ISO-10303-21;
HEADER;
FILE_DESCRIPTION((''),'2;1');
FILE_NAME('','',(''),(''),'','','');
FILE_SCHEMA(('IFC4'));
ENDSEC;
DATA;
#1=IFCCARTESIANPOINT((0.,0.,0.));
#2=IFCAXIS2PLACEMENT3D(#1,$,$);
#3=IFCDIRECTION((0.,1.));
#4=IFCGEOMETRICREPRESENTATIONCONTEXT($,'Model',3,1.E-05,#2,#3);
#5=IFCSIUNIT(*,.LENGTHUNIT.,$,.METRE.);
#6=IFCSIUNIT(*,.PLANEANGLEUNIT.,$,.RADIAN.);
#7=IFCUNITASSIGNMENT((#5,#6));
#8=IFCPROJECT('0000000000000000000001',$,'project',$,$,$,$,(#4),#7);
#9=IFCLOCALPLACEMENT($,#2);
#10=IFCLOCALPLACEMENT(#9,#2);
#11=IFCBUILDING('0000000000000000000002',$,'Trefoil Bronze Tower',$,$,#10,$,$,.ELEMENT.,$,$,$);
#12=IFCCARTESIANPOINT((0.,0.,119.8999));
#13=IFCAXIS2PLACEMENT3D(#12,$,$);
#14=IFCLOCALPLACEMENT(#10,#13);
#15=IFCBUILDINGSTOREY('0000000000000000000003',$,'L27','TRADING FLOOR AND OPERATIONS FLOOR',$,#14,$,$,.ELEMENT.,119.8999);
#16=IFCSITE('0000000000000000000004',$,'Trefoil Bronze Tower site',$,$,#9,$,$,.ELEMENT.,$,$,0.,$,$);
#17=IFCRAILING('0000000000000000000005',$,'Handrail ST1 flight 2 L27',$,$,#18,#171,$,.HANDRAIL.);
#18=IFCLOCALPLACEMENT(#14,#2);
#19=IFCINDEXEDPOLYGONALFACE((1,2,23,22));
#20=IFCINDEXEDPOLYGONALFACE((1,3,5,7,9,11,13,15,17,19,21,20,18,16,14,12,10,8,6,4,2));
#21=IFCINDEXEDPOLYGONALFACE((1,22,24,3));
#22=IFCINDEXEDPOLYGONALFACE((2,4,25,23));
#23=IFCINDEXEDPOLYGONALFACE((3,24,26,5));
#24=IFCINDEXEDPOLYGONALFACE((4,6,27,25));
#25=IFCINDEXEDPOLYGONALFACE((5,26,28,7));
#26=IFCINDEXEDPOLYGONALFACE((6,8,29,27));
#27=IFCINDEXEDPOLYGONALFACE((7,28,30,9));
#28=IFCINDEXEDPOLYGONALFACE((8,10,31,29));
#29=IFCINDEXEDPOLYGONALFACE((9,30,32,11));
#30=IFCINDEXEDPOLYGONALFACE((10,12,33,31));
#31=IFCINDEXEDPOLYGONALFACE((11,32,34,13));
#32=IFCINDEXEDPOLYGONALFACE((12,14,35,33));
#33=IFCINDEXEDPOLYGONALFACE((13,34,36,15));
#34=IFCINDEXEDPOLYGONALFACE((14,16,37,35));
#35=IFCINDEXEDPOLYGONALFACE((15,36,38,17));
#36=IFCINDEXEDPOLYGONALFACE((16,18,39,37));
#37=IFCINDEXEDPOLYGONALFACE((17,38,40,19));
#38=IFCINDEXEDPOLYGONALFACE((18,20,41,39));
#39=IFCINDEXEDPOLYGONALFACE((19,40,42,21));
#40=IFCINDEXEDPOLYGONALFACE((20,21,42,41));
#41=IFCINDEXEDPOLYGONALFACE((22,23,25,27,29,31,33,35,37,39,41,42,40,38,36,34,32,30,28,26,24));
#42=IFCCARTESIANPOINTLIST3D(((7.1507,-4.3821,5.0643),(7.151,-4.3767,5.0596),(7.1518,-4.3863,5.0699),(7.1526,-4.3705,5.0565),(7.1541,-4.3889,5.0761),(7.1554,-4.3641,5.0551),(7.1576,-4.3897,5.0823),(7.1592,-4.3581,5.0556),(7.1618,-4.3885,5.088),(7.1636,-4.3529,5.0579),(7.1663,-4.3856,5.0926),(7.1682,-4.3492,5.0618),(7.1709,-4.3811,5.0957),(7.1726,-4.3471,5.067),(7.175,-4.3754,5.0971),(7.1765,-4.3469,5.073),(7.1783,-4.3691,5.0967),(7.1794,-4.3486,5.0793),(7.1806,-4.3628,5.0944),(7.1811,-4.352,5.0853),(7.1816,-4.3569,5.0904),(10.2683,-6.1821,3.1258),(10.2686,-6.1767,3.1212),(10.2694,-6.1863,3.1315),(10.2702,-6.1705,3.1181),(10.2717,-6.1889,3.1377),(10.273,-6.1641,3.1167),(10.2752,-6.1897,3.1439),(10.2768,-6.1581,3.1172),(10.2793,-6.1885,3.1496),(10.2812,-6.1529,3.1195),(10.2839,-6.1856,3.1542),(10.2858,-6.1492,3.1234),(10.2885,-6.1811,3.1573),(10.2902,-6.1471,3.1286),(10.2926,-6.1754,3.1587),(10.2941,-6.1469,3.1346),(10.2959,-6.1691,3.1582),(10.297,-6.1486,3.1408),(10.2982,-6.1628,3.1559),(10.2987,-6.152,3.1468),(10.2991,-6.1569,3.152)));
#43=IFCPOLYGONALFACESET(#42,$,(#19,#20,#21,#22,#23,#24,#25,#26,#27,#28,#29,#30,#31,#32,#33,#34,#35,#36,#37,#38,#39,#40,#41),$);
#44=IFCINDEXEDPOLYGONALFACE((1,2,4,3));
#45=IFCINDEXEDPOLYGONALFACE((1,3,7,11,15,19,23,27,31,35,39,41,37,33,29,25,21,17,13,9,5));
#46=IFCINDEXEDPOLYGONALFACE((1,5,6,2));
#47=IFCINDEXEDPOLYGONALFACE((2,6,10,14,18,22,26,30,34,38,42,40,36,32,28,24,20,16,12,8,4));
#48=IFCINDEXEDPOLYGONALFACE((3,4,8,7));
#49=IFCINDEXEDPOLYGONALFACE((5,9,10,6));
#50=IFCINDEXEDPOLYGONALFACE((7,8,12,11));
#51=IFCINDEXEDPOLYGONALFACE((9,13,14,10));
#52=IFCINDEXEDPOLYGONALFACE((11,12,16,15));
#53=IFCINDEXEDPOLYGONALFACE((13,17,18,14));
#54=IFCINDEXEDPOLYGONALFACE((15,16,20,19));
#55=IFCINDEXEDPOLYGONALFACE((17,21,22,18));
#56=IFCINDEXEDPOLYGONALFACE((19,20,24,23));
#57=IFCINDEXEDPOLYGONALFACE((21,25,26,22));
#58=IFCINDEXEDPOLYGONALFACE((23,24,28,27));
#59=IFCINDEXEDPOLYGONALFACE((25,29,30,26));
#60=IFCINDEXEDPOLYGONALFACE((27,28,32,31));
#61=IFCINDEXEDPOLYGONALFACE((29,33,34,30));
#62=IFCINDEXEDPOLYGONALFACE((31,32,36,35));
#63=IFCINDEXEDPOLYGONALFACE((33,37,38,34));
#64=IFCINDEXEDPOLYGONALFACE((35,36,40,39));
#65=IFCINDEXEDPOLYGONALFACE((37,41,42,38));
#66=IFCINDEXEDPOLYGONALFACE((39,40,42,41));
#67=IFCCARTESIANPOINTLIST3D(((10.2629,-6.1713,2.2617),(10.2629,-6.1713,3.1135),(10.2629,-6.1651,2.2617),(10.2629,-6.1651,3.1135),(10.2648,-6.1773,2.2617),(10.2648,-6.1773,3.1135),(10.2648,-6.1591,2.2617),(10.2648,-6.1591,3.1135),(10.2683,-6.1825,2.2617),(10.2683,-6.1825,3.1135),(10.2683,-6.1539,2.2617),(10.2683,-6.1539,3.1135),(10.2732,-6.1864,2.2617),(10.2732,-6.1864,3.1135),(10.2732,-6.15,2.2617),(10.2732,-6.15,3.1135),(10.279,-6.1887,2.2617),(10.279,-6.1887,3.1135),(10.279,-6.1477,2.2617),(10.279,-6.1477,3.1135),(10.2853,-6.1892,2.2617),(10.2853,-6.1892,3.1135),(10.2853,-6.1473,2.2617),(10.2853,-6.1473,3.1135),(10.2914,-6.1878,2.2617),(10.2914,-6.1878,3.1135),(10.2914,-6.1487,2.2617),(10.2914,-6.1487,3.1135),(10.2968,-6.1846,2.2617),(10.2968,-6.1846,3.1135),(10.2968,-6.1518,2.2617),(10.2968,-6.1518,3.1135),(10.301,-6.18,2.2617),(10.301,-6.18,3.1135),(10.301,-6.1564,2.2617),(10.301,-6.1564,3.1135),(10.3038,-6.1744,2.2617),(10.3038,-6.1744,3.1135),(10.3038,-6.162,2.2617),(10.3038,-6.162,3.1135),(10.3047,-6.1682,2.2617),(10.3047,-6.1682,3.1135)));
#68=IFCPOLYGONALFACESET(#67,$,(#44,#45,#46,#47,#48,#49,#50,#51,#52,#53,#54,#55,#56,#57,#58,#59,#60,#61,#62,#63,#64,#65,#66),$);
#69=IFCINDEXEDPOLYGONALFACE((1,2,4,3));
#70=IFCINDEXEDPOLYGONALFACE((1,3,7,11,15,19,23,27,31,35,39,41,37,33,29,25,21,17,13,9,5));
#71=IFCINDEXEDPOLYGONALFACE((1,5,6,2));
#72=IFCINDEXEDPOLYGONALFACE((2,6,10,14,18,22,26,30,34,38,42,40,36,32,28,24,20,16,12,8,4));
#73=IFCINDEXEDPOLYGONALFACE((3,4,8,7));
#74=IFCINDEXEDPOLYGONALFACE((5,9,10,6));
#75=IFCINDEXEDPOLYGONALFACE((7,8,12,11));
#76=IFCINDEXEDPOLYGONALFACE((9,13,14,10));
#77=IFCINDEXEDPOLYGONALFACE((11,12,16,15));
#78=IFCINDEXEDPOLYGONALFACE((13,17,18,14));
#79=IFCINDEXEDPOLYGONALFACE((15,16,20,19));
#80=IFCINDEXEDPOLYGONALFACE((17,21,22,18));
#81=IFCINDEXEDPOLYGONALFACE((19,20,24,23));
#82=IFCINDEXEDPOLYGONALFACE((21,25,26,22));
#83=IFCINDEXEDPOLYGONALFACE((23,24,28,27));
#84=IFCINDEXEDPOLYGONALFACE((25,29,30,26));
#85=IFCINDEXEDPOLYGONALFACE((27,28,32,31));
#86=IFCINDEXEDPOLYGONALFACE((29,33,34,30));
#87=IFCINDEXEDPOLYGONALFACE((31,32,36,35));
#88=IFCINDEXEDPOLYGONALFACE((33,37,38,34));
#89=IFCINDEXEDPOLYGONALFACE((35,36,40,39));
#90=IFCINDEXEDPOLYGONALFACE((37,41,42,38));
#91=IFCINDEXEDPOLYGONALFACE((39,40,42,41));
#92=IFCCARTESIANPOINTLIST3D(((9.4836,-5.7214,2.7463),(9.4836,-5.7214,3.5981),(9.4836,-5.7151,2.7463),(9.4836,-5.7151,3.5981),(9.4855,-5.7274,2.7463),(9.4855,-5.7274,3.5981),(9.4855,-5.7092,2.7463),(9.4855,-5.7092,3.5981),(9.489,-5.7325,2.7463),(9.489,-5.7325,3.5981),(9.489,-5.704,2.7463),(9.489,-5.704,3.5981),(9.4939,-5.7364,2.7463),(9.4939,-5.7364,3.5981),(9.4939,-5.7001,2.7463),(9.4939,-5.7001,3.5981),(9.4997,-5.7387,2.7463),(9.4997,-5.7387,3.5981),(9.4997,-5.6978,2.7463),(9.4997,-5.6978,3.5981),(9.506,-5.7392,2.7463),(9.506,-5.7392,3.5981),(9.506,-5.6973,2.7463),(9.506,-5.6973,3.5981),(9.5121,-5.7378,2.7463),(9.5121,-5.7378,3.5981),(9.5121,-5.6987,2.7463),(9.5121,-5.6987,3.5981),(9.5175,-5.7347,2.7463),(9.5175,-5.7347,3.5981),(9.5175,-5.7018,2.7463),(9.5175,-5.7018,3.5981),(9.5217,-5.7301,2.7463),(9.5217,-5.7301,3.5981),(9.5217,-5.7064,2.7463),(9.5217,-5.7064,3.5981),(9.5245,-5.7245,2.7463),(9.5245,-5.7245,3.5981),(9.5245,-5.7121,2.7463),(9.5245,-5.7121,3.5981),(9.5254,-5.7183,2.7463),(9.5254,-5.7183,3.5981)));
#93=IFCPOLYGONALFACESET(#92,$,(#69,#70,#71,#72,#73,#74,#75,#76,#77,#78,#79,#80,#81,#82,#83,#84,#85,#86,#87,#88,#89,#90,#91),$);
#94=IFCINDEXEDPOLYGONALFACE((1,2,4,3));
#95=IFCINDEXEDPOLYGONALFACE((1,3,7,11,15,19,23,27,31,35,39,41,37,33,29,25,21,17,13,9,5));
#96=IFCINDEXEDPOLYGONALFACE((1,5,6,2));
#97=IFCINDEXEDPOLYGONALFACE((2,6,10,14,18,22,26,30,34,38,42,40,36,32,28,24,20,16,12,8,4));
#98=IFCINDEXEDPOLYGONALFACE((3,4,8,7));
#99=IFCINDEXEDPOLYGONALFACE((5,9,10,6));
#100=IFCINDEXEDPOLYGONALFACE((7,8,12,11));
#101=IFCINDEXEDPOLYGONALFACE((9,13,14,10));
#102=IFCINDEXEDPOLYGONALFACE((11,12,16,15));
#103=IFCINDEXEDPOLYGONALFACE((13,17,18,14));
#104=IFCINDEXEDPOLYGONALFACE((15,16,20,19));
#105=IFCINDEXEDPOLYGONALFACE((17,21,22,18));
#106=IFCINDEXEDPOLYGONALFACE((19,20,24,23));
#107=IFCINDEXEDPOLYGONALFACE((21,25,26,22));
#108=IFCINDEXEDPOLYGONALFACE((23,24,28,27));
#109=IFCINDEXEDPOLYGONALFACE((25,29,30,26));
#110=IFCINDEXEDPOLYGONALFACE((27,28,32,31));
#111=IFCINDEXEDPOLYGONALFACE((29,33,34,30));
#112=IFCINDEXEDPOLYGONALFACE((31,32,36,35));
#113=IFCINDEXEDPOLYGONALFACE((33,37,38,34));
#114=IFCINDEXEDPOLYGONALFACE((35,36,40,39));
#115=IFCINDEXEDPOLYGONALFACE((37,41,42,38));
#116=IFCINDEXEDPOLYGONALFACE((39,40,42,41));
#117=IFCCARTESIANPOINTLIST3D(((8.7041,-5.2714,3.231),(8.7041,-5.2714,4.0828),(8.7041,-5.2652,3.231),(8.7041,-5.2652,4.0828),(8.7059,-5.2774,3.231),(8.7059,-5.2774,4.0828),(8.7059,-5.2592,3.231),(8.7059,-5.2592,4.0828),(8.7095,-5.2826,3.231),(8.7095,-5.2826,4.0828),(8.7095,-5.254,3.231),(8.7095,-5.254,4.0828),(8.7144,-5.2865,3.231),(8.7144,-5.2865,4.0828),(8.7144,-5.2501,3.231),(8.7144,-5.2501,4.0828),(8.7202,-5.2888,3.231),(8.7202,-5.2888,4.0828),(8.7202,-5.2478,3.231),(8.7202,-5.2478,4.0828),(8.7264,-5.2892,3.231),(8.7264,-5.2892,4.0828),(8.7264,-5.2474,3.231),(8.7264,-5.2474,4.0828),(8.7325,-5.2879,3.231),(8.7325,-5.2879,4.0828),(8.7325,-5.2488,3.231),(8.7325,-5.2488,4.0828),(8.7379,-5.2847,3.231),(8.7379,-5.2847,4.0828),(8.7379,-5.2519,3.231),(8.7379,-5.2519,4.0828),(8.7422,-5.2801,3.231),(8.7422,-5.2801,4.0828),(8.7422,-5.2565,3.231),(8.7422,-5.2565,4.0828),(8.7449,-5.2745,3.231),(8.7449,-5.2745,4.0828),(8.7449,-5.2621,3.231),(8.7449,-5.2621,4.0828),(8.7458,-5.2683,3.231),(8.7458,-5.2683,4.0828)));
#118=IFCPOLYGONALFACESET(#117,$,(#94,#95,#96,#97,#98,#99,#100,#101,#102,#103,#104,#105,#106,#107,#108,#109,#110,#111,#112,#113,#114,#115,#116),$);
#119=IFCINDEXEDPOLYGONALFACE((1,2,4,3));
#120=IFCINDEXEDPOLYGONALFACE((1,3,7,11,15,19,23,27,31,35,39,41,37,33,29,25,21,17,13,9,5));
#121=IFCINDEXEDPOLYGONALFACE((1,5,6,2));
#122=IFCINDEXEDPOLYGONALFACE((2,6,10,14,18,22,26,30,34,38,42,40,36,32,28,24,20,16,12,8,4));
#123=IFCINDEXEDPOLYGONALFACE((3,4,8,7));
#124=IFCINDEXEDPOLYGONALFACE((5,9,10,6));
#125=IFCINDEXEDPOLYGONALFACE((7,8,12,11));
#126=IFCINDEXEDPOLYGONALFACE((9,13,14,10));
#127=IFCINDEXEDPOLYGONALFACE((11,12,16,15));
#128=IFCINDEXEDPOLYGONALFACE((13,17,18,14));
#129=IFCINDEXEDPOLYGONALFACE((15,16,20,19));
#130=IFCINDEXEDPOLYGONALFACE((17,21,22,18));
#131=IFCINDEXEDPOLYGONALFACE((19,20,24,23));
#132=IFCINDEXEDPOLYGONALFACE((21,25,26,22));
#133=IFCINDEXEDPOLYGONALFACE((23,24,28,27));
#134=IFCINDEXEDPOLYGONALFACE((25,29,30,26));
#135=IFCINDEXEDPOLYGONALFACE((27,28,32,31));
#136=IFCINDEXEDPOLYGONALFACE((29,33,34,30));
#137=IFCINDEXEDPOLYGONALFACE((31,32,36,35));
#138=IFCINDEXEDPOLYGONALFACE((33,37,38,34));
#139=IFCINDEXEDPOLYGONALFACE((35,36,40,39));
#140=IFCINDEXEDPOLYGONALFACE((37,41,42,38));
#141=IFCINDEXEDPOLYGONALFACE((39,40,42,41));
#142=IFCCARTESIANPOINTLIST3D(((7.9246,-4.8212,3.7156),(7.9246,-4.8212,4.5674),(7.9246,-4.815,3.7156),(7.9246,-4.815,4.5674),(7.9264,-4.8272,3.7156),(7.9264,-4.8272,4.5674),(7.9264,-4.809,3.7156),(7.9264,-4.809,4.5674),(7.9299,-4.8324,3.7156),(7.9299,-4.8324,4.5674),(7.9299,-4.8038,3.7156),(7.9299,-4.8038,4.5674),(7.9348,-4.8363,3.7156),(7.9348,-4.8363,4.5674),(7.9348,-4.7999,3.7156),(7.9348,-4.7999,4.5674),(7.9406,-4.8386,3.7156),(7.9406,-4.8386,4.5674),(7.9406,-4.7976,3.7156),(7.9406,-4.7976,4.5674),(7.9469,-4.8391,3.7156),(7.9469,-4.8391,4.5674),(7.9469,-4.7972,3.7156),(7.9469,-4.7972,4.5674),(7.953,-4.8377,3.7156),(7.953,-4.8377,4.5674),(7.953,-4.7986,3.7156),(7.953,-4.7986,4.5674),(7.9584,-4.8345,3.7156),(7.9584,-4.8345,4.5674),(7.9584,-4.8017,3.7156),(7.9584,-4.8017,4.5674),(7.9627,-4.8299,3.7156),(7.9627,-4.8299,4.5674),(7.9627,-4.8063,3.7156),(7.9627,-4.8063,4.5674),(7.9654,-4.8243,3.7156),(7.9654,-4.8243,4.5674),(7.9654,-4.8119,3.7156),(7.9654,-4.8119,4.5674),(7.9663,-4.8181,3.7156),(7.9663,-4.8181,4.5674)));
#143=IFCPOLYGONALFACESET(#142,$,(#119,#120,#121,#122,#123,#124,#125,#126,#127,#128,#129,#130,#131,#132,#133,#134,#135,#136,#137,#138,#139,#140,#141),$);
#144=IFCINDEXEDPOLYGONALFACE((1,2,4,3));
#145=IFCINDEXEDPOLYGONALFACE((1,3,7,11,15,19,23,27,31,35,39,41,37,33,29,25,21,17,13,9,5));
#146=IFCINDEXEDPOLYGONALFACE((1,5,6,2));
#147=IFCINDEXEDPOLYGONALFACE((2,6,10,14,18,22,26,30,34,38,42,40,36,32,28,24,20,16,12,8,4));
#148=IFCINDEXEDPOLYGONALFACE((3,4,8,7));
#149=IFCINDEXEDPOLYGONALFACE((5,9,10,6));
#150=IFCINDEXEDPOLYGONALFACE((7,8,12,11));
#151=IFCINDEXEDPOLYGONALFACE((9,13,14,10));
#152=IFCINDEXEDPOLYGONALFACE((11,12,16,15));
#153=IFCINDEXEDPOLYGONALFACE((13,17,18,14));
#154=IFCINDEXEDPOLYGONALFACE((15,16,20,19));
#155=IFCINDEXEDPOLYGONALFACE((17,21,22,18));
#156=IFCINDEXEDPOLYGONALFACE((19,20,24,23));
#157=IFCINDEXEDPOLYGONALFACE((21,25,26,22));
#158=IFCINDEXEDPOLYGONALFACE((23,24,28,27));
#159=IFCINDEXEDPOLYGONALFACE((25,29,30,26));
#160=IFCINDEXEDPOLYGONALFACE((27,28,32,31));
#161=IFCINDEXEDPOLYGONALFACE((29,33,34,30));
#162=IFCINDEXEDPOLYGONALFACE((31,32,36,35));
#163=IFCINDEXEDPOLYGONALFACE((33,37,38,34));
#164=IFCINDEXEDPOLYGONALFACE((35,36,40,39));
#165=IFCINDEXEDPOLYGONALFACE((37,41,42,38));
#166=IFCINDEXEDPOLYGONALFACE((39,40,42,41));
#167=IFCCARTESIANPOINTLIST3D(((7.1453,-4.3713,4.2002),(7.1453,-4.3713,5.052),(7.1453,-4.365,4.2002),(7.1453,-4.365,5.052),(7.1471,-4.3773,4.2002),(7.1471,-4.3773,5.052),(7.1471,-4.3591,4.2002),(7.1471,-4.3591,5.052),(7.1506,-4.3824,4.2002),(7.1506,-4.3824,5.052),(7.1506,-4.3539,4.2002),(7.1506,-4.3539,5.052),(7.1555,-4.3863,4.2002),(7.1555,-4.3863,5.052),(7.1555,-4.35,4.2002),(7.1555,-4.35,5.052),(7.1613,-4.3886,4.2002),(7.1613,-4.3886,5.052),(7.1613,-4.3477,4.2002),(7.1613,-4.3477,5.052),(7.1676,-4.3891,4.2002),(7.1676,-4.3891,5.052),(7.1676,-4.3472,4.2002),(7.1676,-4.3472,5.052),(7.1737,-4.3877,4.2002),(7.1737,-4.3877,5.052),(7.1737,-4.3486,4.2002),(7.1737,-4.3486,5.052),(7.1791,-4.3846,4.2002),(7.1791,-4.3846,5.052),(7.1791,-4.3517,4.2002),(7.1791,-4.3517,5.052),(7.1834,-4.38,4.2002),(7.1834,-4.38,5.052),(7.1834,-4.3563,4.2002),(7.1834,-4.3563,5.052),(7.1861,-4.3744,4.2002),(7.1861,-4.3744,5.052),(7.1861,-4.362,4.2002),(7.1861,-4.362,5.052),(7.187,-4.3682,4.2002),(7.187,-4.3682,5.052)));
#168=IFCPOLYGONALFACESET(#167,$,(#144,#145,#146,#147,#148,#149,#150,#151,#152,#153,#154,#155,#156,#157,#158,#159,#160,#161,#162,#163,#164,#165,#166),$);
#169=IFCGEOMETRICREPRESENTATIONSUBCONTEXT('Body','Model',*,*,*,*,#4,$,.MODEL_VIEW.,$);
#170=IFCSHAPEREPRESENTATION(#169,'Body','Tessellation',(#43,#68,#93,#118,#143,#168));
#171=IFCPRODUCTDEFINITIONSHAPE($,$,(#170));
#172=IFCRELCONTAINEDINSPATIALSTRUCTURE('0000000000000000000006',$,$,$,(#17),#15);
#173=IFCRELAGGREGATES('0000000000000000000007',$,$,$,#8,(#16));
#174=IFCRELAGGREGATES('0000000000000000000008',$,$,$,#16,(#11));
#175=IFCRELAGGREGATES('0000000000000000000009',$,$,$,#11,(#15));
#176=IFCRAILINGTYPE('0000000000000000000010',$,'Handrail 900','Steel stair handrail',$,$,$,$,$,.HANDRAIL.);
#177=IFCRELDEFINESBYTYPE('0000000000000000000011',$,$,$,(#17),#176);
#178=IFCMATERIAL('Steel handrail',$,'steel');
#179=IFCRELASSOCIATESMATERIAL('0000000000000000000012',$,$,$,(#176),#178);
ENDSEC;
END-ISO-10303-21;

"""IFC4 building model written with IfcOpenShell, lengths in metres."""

from ifc_helpers import new_model, si_unit, direction, frame, origin, origin_2d, place, context, subcontext, project, spatial, circle, extrude, material, type_object, element, save


model = new_model("IFC4")

# Units and contexts
model_context = context("Model", 3, precision=1e-05, world=origin(), true_north=direction((0.0, 1.0)))
body_context = subcontext(model_context, "Body", "Model", "MODEL_VIEW")
ifc_project = project(units=[si_unit("LENGTHUNIT", "METRE"), si_unit("PLANEANGLEUNIT", "RADIAN")], contexts=[model_context])

# Site, building, storey
site_placement = place(None, origin())
site = spatial("IfcSite", under=ifc_project, at=site_placement, Name="Trefoil Bronze Tower site", CompositionType="ELEMENT", RefElevation=0.0)
building_placement = place(site_placement, origin())
building = spatial("IfcBuilding", under=site, at=building_placement, Name="Trefoil Bronze Tower", CompositionType="ELEMENT")
storey_placement = place(building_placement, frame((0.0, 0.0, 119.8999)))
storey = spatial("IfcBuildingStorey", under=building, at=storey_placement, Name="L27", Description="TRADING FLOOR AND OPERATIONS FLOOR", CompositionType="ELEMENT", Elevation=119.8999)

# Railing
ifc_material_1 = material(Name="Steel handrail", Category="steel")
railing_type = type_object("IfcRailingType", Name="Handrail 900", Description="Steel stair handrail", PredefinedType="HANDRAIL", material=ifc_material_1)
railing_placement = place(storey_placement, frame((10.2837, -6.1682, 2.2617)))
element("IfcRailing", 1, at=railing_placement, inside=storey, type_object=railing_type, Name="Handrail ST1 flight 2 L27", PredefinedType="HANDRAIL", context=body_context, shape_type="SweptSolid", body=[
    extrude(circle(Radius=0.0239, at=origin_2d()), frame((0.0, 0.0, 0.876), z_axis=(-0.762503, 0.440246, 0.474102), x_axis=(-0.500012, -0.866018, 0.0)), (0.0, 0.0, 1.0), 4.0886),
    extrude(circle(Radius=0.021, at=origin_2d()), origin(), (0.0, 0.0, 1.0), 0.8518),
    extrude(circle(Radius=0.021, at=origin_2d()), frame((-0.7793, 0.45, 0.4846)), (0.0, 0.0, 1.0), 0.8518),
    extrude(circle(Radius=0.021, at=origin_2d()), frame((-1.5588, 0.8999, 0.9692)), (0.0, 0.0, 1.0), 0.8518),
    extrude(circle(Radius=0.021, at=origin_2d()), frame((-2.3384, 1.3501, 1.4539)), (0.0, 0.0, 1.0), 0.8518),
    extrude(circle(Radius=0.021, at=origin_2d()), frame((-3.1177, 1.8, 1.9385)), (0.0, 0.0, 1.0), 0.8518),
])

save(model, "model.ifc")
